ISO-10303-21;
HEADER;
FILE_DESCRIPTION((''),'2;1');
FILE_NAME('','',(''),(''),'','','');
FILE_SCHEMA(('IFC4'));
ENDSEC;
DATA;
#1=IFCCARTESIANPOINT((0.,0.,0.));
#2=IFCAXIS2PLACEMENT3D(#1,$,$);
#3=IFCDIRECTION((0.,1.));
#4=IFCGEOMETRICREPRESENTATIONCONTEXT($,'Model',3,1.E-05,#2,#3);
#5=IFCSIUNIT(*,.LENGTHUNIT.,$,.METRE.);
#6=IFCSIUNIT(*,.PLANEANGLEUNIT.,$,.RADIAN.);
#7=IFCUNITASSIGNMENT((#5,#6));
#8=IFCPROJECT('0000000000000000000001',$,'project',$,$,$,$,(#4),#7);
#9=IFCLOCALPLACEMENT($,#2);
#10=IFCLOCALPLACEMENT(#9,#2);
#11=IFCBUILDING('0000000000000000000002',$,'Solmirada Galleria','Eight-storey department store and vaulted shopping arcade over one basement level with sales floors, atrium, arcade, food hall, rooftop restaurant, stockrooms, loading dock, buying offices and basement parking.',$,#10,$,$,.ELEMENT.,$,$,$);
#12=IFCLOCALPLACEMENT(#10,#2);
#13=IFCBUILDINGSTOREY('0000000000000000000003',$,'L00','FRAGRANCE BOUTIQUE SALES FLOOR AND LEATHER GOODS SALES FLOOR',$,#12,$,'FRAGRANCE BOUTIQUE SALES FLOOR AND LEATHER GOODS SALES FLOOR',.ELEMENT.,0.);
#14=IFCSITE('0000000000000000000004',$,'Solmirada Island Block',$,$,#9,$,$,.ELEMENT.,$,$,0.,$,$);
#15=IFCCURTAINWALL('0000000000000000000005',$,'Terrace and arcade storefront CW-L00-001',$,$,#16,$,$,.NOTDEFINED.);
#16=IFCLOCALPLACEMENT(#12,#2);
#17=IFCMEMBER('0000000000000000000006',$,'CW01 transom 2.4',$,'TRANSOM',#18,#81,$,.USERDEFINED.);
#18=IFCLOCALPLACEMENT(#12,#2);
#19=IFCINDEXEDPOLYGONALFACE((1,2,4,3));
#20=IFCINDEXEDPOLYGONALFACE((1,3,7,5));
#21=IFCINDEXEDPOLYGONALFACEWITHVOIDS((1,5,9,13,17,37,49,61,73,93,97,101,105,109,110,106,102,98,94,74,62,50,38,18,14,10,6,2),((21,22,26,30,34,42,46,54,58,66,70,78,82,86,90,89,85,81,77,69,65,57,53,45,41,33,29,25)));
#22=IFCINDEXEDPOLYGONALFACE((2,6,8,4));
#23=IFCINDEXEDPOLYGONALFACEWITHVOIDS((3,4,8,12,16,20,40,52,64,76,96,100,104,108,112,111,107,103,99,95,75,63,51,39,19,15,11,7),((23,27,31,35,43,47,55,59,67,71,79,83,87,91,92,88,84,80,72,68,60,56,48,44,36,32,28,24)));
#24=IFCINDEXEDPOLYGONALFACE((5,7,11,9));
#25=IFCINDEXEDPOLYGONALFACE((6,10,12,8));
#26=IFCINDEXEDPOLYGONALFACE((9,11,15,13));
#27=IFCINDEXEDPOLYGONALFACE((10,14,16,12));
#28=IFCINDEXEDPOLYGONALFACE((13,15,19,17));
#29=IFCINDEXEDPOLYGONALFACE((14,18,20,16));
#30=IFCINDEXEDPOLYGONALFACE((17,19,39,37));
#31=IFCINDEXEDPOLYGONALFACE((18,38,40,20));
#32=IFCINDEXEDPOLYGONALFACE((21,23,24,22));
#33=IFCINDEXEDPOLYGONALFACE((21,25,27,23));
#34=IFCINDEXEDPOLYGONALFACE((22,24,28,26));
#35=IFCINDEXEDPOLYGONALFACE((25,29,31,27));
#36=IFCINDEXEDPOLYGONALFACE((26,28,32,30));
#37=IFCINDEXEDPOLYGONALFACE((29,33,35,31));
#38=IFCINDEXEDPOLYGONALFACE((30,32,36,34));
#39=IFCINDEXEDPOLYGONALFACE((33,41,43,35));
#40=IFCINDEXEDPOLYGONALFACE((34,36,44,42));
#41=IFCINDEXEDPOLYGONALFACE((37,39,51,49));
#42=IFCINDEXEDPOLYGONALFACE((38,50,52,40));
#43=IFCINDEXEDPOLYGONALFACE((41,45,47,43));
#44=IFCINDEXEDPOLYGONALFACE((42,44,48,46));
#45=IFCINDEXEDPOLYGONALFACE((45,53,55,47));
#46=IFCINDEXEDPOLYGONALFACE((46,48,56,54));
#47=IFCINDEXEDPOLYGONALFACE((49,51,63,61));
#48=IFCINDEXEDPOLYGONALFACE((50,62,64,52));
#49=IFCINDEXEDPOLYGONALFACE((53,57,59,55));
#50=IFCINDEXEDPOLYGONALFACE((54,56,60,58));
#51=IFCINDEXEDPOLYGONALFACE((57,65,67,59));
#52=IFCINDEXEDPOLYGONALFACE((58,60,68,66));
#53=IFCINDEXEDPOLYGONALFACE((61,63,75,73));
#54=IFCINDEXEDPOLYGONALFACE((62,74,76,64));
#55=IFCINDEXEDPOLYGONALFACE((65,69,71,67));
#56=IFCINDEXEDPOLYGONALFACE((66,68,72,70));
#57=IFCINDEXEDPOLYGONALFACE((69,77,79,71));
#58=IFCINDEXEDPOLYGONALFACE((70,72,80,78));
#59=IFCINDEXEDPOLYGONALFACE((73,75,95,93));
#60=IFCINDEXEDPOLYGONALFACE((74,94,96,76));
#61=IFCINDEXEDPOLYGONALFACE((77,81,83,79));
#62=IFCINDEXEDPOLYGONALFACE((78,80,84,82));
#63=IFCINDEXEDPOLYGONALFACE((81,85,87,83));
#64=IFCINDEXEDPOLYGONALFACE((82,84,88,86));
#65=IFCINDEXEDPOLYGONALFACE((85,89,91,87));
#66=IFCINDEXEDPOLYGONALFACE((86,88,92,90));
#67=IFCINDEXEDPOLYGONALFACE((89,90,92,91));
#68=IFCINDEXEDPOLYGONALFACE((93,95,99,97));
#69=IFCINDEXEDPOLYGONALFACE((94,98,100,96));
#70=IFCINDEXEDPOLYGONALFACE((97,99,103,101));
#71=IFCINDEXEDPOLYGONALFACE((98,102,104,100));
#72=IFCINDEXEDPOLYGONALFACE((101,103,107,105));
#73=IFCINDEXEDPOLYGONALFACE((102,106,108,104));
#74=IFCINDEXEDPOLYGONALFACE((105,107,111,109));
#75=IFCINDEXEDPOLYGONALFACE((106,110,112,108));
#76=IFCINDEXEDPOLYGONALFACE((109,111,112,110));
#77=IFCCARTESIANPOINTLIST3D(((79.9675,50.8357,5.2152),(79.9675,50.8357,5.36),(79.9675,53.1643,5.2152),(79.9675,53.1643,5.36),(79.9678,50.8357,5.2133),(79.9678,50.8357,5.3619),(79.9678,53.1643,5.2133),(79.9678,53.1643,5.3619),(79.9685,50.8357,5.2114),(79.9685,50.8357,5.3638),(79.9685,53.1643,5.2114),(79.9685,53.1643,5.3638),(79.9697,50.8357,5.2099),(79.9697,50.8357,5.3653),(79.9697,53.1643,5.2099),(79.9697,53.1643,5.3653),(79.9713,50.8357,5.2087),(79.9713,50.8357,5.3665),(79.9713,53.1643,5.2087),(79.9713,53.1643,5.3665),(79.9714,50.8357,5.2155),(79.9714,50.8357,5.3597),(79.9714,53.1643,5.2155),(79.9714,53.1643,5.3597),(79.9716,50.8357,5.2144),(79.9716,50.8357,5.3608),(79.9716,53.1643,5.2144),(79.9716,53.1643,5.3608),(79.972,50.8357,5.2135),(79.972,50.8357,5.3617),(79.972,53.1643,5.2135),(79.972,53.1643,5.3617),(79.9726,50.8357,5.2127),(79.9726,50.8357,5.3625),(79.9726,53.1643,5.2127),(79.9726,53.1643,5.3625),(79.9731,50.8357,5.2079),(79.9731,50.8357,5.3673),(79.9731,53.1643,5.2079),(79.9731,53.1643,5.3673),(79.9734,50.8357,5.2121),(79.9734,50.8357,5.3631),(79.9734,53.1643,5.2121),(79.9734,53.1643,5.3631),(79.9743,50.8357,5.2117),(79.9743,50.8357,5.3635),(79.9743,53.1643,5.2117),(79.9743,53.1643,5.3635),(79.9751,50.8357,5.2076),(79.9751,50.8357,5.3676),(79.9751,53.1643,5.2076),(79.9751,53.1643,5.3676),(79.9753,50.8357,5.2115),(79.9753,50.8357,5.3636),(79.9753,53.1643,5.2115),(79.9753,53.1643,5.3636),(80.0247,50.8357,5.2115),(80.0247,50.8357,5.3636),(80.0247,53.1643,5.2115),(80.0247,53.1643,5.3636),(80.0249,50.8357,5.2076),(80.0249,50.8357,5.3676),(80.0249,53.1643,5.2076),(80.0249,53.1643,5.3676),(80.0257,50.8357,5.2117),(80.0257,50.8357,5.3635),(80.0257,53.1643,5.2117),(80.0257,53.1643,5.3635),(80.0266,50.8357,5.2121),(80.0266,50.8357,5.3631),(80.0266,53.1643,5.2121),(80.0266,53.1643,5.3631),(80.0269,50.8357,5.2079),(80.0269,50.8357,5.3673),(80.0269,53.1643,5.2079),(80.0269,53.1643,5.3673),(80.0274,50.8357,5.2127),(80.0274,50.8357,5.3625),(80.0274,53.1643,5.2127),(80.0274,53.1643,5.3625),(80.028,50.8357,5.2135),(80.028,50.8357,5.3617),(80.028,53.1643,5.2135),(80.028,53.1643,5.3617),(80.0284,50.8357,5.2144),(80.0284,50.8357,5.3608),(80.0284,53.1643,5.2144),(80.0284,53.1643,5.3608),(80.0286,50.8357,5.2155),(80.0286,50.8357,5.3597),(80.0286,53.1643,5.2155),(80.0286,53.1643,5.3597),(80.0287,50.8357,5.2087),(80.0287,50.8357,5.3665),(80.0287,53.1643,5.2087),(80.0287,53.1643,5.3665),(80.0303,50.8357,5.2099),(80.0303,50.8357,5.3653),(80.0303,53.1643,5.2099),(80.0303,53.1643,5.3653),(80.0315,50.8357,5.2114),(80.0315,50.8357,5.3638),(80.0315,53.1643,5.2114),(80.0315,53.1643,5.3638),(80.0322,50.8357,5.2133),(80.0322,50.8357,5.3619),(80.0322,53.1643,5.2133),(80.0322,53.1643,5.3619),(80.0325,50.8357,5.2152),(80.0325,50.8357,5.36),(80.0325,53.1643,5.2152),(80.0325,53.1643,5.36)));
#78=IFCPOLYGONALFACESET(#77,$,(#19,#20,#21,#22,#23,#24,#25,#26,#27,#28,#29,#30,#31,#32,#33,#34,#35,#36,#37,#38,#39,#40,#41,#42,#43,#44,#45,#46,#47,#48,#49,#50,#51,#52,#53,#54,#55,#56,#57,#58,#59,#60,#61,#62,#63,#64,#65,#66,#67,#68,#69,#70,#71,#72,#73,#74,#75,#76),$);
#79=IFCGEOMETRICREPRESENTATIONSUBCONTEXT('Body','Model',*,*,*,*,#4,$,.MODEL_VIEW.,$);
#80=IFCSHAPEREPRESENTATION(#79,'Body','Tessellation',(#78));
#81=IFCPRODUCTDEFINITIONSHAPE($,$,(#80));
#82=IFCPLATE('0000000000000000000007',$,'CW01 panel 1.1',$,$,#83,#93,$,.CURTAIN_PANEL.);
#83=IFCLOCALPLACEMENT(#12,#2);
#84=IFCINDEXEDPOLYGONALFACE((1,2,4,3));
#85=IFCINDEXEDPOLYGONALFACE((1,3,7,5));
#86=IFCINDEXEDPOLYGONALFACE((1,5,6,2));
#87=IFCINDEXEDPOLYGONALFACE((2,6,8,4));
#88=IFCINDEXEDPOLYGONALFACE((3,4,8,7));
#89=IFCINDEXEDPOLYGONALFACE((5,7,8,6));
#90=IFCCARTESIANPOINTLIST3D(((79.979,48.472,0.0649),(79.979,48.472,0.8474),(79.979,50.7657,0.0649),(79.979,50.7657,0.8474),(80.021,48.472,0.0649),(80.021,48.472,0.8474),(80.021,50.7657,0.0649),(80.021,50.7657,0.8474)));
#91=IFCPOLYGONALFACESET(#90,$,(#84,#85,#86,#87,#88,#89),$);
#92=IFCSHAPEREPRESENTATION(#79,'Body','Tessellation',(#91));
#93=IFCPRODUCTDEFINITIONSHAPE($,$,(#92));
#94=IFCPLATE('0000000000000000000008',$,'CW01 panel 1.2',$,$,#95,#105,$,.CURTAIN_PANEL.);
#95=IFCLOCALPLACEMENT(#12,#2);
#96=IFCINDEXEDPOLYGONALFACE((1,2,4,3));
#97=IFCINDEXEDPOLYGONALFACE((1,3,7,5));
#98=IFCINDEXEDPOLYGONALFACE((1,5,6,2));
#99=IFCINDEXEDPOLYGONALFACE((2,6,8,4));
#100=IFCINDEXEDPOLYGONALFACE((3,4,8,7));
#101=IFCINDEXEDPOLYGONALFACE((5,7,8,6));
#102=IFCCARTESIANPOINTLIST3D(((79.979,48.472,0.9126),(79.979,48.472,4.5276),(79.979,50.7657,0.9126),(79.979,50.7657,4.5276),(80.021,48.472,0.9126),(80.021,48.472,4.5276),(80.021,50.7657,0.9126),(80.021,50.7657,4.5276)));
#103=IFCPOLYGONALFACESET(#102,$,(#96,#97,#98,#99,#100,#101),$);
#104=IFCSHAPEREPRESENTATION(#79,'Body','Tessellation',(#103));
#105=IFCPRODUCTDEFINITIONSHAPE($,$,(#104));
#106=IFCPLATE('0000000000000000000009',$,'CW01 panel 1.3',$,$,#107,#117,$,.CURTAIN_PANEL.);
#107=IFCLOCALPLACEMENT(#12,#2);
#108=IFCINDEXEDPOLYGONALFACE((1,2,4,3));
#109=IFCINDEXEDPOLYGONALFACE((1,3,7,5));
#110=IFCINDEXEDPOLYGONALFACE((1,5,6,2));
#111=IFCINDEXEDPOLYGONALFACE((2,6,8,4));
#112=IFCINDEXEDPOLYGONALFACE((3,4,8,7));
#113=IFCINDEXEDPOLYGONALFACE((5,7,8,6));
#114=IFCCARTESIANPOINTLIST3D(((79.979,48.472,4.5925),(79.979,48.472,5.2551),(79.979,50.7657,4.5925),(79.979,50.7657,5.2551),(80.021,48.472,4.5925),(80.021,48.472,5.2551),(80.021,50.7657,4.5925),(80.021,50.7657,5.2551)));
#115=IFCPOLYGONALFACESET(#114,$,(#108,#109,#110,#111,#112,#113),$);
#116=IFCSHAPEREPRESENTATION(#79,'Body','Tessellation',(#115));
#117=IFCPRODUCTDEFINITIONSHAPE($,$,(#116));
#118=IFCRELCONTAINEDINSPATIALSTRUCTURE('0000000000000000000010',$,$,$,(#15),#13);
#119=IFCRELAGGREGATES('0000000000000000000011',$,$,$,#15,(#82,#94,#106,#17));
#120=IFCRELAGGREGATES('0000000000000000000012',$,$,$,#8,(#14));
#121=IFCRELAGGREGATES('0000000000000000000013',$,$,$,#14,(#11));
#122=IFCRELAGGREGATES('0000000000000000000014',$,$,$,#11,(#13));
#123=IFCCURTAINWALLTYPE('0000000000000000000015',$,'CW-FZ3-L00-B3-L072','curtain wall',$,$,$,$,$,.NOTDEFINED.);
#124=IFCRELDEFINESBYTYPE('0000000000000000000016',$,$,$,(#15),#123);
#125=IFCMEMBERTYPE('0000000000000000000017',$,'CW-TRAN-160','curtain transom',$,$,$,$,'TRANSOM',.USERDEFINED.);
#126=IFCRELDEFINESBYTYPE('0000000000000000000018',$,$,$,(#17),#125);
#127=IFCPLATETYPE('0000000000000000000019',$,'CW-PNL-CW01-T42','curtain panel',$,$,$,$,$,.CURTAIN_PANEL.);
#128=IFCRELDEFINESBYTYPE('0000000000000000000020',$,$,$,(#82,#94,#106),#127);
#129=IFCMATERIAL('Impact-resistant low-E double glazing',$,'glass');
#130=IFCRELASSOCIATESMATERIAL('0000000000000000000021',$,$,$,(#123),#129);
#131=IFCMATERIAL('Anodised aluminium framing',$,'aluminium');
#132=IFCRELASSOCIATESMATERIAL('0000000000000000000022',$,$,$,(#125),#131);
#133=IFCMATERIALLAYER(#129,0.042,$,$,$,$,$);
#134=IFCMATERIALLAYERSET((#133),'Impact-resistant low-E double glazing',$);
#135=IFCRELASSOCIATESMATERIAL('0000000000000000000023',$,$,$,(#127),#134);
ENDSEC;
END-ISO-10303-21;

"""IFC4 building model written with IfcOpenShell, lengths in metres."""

from ifc_helpers import new_model, si_unit, direction, frame, origin, origin_2d, place, context, subcontext, project, spatial, rectangle, hollow_rectangle, extrude, material, layer, layer_set, material_profile, profile_set, type_object, element, aggregate, save


model = new_model("IFC4")

# Units and contexts
model_context = context("Model", 3, precision=1e-05, world=origin(), true_north=direction((0.0, 1.0)))
body_context = subcontext(model_context, "Body", "Model", "MODEL_VIEW")
ifc_project = project(units=[si_unit("LENGTHUNIT", "METRE"), si_unit("PLANEANGLEUNIT", "RADIAN")], contexts=[model_context])

# Site, building, storey
site_placement = place(None, origin())
site = spatial("IfcSite", under=ifc_project, at=site_placement, Name="Solmirada Island Block", CompositionType="ELEMENT", RefElevation=0.0)
building_placement = place(site_placement, origin())
building = spatial("IfcBuilding", under=site, at=building_placement, Name="Solmirada Galleria", Description="Eight-storey department store and vaulted shopping arcade over one basement level with sales floors, atrium, arcade, food hall, rooftop restaurant, stockrooms, loading dock, buying offices and basement parking.", CompositionType="ELEMENT")
storey_placement = place(building_placement, origin())
storey = spatial("IfcBuildingStorey", under=building, at=storey_placement, Name="L00", Description="FRAGRANCE BOUTIQUE SALES FLOOR AND LEATHER GOODS SALES FLOOR", LongName="FRAGRANCE BOUTIQUE SALES FLOOR AND LEATHER GOODS SALES FLOOR", CompositionType="ELEMENT", Elevation=0.0)

# Curtain wall, member, plates
ifc_material_1 = material(Name="Impact-resistant low-E double glazing", Category="glass")
curtain_wall_type = type_object("IfcCurtainWallType", Name="CW-FZ3-L00-B3-L072", Description="curtain wall", PredefinedType="NOTDEFINED", material=ifc_material_1)
curtain_wall_placement = place(storey_placement, origin())
curtain_wall = element("IfcCurtainWall", 1, at=curtain_wall_placement, inside=storey, type_object=curtain_wall_type, Name="Terrace and arcade storefront CW-L00-001", PredefinedType="NOTDEFINED")
ifc_material_2 = material(Name="Anodised aluminium framing", Category="aluminium")
ifc_material_profile_1 = material_profile(ifc_material_2, hollow_rectangle(XDim=0.0649, YDim=0.1599, WallThickness=0.0039, InnerFilletRadius=0.0039, OuterFilletRadius=0.0076, at=origin_2d()), Name="ALU-TRAN-160X65")
ifc_profile_set_1 = profile_set([ifc_material_profile_1], Name="Anodised aluminium framing")
member_type_1 = type_object("IfcMemberType", Name="CW-TRAN-160", Description="curtain transom", ElementType="TRANSOM", PredefinedType="USERDEFINED", material=ifc_profile_set_1)
member_1_placement = place(storey_placement, frame((80.0, 50.8357, 5.2876), z_axis=(0.0, 1.0, 0.0), x_axis=(-1.0, 0.0, 0.0)))
member_1 = element("IfcMember", 2, at=member_1_placement, type_object=member_type_1, Name="CW01 transom 2.4", ObjectType="TRANSOM", PredefinedType="USERDEFINED", context=body_context, shape_type="SweptSolid", body=[
    extrude(hollow_rectangle(XDim=0.0649, YDim=0.1599, WallThickness=0.0039, InnerFilletRadius=0.0039, OuterFilletRadius=0.0076, at=origin_2d()), origin(), (0.0, 0.0, 1.0), 2.3286),
])
ifc_layer = layer(ifc_material_1, 0.042)
ifc_layer_set = layer_set([ifc_layer], Name="Impact-resistant low-E double glazing")
plate_type = type_object("IfcPlateType", Name="CW-PNL-CW01-T42", Description="curtain panel", PredefinedType="CURTAIN_PANEL", material=ifc_layer_set)
plate_1_placement = place(storey_placement, frame((80.0, 49.6189, 0.0649), z_axis=(0.0, 0.0, 1.0), x_axis=(0.0, 1.0, 0.0)))
plate_1 = element("IfcPlate", 3, at=plate_1_placement, type_object=plate_type, Name="CW01 panel 1.1", PredefinedType="CURTAIN_PANEL", context=body_context, shape_type="SweptSolid", body=[
    extrude(rectangle(XDim=2.2937, YDim=0.042, at=origin_2d()), origin(), (0.0, 0.0, 1.0), 0.7825),
])
plate_2_placement = place(storey_placement, frame((80.0, 49.6189, 0.9126), z_axis=(0.0, 0.0, 1.0), x_axis=(0.0, 1.0, 0.0)))
plate_2 = element("IfcPlate", 4, at=plate_2_placement, type_object=plate_type, Name="CW01 panel 1.2", PredefinedType="CURTAIN_PANEL", context=body_context, shape_type="SweptSolid", body=[
    extrude(rectangle(XDim=2.2937, YDim=0.042, at=origin_2d()), origin(), (0.0, 0.0, 1.0), 3.615),
])
plate_3_placement = place(storey_placement, frame((80.0, 49.6189, 4.5925), z_axis=(0.0, 0.0, 1.0), x_axis=(0.0, 1.0, 0.0)))
plate_3 = element("IfcPlate", 5, at=plate_3_placement, type_object=plate_type, Name="CW01 panel 1.3", PredefinedType="CURTAIN_PANEL", context=body_context, shape_type="SweptSolid", body=[
    extrude(rectangle(XDim=2.2937, YDim=0.042, at=origin_2d()), origin(), (0.0, 0.0, 1.0), 0.6626),
])
aggregate(curtain_wall, [plate_1, plate_2, plate_3, member_1])

save(model, "model.ifc")
